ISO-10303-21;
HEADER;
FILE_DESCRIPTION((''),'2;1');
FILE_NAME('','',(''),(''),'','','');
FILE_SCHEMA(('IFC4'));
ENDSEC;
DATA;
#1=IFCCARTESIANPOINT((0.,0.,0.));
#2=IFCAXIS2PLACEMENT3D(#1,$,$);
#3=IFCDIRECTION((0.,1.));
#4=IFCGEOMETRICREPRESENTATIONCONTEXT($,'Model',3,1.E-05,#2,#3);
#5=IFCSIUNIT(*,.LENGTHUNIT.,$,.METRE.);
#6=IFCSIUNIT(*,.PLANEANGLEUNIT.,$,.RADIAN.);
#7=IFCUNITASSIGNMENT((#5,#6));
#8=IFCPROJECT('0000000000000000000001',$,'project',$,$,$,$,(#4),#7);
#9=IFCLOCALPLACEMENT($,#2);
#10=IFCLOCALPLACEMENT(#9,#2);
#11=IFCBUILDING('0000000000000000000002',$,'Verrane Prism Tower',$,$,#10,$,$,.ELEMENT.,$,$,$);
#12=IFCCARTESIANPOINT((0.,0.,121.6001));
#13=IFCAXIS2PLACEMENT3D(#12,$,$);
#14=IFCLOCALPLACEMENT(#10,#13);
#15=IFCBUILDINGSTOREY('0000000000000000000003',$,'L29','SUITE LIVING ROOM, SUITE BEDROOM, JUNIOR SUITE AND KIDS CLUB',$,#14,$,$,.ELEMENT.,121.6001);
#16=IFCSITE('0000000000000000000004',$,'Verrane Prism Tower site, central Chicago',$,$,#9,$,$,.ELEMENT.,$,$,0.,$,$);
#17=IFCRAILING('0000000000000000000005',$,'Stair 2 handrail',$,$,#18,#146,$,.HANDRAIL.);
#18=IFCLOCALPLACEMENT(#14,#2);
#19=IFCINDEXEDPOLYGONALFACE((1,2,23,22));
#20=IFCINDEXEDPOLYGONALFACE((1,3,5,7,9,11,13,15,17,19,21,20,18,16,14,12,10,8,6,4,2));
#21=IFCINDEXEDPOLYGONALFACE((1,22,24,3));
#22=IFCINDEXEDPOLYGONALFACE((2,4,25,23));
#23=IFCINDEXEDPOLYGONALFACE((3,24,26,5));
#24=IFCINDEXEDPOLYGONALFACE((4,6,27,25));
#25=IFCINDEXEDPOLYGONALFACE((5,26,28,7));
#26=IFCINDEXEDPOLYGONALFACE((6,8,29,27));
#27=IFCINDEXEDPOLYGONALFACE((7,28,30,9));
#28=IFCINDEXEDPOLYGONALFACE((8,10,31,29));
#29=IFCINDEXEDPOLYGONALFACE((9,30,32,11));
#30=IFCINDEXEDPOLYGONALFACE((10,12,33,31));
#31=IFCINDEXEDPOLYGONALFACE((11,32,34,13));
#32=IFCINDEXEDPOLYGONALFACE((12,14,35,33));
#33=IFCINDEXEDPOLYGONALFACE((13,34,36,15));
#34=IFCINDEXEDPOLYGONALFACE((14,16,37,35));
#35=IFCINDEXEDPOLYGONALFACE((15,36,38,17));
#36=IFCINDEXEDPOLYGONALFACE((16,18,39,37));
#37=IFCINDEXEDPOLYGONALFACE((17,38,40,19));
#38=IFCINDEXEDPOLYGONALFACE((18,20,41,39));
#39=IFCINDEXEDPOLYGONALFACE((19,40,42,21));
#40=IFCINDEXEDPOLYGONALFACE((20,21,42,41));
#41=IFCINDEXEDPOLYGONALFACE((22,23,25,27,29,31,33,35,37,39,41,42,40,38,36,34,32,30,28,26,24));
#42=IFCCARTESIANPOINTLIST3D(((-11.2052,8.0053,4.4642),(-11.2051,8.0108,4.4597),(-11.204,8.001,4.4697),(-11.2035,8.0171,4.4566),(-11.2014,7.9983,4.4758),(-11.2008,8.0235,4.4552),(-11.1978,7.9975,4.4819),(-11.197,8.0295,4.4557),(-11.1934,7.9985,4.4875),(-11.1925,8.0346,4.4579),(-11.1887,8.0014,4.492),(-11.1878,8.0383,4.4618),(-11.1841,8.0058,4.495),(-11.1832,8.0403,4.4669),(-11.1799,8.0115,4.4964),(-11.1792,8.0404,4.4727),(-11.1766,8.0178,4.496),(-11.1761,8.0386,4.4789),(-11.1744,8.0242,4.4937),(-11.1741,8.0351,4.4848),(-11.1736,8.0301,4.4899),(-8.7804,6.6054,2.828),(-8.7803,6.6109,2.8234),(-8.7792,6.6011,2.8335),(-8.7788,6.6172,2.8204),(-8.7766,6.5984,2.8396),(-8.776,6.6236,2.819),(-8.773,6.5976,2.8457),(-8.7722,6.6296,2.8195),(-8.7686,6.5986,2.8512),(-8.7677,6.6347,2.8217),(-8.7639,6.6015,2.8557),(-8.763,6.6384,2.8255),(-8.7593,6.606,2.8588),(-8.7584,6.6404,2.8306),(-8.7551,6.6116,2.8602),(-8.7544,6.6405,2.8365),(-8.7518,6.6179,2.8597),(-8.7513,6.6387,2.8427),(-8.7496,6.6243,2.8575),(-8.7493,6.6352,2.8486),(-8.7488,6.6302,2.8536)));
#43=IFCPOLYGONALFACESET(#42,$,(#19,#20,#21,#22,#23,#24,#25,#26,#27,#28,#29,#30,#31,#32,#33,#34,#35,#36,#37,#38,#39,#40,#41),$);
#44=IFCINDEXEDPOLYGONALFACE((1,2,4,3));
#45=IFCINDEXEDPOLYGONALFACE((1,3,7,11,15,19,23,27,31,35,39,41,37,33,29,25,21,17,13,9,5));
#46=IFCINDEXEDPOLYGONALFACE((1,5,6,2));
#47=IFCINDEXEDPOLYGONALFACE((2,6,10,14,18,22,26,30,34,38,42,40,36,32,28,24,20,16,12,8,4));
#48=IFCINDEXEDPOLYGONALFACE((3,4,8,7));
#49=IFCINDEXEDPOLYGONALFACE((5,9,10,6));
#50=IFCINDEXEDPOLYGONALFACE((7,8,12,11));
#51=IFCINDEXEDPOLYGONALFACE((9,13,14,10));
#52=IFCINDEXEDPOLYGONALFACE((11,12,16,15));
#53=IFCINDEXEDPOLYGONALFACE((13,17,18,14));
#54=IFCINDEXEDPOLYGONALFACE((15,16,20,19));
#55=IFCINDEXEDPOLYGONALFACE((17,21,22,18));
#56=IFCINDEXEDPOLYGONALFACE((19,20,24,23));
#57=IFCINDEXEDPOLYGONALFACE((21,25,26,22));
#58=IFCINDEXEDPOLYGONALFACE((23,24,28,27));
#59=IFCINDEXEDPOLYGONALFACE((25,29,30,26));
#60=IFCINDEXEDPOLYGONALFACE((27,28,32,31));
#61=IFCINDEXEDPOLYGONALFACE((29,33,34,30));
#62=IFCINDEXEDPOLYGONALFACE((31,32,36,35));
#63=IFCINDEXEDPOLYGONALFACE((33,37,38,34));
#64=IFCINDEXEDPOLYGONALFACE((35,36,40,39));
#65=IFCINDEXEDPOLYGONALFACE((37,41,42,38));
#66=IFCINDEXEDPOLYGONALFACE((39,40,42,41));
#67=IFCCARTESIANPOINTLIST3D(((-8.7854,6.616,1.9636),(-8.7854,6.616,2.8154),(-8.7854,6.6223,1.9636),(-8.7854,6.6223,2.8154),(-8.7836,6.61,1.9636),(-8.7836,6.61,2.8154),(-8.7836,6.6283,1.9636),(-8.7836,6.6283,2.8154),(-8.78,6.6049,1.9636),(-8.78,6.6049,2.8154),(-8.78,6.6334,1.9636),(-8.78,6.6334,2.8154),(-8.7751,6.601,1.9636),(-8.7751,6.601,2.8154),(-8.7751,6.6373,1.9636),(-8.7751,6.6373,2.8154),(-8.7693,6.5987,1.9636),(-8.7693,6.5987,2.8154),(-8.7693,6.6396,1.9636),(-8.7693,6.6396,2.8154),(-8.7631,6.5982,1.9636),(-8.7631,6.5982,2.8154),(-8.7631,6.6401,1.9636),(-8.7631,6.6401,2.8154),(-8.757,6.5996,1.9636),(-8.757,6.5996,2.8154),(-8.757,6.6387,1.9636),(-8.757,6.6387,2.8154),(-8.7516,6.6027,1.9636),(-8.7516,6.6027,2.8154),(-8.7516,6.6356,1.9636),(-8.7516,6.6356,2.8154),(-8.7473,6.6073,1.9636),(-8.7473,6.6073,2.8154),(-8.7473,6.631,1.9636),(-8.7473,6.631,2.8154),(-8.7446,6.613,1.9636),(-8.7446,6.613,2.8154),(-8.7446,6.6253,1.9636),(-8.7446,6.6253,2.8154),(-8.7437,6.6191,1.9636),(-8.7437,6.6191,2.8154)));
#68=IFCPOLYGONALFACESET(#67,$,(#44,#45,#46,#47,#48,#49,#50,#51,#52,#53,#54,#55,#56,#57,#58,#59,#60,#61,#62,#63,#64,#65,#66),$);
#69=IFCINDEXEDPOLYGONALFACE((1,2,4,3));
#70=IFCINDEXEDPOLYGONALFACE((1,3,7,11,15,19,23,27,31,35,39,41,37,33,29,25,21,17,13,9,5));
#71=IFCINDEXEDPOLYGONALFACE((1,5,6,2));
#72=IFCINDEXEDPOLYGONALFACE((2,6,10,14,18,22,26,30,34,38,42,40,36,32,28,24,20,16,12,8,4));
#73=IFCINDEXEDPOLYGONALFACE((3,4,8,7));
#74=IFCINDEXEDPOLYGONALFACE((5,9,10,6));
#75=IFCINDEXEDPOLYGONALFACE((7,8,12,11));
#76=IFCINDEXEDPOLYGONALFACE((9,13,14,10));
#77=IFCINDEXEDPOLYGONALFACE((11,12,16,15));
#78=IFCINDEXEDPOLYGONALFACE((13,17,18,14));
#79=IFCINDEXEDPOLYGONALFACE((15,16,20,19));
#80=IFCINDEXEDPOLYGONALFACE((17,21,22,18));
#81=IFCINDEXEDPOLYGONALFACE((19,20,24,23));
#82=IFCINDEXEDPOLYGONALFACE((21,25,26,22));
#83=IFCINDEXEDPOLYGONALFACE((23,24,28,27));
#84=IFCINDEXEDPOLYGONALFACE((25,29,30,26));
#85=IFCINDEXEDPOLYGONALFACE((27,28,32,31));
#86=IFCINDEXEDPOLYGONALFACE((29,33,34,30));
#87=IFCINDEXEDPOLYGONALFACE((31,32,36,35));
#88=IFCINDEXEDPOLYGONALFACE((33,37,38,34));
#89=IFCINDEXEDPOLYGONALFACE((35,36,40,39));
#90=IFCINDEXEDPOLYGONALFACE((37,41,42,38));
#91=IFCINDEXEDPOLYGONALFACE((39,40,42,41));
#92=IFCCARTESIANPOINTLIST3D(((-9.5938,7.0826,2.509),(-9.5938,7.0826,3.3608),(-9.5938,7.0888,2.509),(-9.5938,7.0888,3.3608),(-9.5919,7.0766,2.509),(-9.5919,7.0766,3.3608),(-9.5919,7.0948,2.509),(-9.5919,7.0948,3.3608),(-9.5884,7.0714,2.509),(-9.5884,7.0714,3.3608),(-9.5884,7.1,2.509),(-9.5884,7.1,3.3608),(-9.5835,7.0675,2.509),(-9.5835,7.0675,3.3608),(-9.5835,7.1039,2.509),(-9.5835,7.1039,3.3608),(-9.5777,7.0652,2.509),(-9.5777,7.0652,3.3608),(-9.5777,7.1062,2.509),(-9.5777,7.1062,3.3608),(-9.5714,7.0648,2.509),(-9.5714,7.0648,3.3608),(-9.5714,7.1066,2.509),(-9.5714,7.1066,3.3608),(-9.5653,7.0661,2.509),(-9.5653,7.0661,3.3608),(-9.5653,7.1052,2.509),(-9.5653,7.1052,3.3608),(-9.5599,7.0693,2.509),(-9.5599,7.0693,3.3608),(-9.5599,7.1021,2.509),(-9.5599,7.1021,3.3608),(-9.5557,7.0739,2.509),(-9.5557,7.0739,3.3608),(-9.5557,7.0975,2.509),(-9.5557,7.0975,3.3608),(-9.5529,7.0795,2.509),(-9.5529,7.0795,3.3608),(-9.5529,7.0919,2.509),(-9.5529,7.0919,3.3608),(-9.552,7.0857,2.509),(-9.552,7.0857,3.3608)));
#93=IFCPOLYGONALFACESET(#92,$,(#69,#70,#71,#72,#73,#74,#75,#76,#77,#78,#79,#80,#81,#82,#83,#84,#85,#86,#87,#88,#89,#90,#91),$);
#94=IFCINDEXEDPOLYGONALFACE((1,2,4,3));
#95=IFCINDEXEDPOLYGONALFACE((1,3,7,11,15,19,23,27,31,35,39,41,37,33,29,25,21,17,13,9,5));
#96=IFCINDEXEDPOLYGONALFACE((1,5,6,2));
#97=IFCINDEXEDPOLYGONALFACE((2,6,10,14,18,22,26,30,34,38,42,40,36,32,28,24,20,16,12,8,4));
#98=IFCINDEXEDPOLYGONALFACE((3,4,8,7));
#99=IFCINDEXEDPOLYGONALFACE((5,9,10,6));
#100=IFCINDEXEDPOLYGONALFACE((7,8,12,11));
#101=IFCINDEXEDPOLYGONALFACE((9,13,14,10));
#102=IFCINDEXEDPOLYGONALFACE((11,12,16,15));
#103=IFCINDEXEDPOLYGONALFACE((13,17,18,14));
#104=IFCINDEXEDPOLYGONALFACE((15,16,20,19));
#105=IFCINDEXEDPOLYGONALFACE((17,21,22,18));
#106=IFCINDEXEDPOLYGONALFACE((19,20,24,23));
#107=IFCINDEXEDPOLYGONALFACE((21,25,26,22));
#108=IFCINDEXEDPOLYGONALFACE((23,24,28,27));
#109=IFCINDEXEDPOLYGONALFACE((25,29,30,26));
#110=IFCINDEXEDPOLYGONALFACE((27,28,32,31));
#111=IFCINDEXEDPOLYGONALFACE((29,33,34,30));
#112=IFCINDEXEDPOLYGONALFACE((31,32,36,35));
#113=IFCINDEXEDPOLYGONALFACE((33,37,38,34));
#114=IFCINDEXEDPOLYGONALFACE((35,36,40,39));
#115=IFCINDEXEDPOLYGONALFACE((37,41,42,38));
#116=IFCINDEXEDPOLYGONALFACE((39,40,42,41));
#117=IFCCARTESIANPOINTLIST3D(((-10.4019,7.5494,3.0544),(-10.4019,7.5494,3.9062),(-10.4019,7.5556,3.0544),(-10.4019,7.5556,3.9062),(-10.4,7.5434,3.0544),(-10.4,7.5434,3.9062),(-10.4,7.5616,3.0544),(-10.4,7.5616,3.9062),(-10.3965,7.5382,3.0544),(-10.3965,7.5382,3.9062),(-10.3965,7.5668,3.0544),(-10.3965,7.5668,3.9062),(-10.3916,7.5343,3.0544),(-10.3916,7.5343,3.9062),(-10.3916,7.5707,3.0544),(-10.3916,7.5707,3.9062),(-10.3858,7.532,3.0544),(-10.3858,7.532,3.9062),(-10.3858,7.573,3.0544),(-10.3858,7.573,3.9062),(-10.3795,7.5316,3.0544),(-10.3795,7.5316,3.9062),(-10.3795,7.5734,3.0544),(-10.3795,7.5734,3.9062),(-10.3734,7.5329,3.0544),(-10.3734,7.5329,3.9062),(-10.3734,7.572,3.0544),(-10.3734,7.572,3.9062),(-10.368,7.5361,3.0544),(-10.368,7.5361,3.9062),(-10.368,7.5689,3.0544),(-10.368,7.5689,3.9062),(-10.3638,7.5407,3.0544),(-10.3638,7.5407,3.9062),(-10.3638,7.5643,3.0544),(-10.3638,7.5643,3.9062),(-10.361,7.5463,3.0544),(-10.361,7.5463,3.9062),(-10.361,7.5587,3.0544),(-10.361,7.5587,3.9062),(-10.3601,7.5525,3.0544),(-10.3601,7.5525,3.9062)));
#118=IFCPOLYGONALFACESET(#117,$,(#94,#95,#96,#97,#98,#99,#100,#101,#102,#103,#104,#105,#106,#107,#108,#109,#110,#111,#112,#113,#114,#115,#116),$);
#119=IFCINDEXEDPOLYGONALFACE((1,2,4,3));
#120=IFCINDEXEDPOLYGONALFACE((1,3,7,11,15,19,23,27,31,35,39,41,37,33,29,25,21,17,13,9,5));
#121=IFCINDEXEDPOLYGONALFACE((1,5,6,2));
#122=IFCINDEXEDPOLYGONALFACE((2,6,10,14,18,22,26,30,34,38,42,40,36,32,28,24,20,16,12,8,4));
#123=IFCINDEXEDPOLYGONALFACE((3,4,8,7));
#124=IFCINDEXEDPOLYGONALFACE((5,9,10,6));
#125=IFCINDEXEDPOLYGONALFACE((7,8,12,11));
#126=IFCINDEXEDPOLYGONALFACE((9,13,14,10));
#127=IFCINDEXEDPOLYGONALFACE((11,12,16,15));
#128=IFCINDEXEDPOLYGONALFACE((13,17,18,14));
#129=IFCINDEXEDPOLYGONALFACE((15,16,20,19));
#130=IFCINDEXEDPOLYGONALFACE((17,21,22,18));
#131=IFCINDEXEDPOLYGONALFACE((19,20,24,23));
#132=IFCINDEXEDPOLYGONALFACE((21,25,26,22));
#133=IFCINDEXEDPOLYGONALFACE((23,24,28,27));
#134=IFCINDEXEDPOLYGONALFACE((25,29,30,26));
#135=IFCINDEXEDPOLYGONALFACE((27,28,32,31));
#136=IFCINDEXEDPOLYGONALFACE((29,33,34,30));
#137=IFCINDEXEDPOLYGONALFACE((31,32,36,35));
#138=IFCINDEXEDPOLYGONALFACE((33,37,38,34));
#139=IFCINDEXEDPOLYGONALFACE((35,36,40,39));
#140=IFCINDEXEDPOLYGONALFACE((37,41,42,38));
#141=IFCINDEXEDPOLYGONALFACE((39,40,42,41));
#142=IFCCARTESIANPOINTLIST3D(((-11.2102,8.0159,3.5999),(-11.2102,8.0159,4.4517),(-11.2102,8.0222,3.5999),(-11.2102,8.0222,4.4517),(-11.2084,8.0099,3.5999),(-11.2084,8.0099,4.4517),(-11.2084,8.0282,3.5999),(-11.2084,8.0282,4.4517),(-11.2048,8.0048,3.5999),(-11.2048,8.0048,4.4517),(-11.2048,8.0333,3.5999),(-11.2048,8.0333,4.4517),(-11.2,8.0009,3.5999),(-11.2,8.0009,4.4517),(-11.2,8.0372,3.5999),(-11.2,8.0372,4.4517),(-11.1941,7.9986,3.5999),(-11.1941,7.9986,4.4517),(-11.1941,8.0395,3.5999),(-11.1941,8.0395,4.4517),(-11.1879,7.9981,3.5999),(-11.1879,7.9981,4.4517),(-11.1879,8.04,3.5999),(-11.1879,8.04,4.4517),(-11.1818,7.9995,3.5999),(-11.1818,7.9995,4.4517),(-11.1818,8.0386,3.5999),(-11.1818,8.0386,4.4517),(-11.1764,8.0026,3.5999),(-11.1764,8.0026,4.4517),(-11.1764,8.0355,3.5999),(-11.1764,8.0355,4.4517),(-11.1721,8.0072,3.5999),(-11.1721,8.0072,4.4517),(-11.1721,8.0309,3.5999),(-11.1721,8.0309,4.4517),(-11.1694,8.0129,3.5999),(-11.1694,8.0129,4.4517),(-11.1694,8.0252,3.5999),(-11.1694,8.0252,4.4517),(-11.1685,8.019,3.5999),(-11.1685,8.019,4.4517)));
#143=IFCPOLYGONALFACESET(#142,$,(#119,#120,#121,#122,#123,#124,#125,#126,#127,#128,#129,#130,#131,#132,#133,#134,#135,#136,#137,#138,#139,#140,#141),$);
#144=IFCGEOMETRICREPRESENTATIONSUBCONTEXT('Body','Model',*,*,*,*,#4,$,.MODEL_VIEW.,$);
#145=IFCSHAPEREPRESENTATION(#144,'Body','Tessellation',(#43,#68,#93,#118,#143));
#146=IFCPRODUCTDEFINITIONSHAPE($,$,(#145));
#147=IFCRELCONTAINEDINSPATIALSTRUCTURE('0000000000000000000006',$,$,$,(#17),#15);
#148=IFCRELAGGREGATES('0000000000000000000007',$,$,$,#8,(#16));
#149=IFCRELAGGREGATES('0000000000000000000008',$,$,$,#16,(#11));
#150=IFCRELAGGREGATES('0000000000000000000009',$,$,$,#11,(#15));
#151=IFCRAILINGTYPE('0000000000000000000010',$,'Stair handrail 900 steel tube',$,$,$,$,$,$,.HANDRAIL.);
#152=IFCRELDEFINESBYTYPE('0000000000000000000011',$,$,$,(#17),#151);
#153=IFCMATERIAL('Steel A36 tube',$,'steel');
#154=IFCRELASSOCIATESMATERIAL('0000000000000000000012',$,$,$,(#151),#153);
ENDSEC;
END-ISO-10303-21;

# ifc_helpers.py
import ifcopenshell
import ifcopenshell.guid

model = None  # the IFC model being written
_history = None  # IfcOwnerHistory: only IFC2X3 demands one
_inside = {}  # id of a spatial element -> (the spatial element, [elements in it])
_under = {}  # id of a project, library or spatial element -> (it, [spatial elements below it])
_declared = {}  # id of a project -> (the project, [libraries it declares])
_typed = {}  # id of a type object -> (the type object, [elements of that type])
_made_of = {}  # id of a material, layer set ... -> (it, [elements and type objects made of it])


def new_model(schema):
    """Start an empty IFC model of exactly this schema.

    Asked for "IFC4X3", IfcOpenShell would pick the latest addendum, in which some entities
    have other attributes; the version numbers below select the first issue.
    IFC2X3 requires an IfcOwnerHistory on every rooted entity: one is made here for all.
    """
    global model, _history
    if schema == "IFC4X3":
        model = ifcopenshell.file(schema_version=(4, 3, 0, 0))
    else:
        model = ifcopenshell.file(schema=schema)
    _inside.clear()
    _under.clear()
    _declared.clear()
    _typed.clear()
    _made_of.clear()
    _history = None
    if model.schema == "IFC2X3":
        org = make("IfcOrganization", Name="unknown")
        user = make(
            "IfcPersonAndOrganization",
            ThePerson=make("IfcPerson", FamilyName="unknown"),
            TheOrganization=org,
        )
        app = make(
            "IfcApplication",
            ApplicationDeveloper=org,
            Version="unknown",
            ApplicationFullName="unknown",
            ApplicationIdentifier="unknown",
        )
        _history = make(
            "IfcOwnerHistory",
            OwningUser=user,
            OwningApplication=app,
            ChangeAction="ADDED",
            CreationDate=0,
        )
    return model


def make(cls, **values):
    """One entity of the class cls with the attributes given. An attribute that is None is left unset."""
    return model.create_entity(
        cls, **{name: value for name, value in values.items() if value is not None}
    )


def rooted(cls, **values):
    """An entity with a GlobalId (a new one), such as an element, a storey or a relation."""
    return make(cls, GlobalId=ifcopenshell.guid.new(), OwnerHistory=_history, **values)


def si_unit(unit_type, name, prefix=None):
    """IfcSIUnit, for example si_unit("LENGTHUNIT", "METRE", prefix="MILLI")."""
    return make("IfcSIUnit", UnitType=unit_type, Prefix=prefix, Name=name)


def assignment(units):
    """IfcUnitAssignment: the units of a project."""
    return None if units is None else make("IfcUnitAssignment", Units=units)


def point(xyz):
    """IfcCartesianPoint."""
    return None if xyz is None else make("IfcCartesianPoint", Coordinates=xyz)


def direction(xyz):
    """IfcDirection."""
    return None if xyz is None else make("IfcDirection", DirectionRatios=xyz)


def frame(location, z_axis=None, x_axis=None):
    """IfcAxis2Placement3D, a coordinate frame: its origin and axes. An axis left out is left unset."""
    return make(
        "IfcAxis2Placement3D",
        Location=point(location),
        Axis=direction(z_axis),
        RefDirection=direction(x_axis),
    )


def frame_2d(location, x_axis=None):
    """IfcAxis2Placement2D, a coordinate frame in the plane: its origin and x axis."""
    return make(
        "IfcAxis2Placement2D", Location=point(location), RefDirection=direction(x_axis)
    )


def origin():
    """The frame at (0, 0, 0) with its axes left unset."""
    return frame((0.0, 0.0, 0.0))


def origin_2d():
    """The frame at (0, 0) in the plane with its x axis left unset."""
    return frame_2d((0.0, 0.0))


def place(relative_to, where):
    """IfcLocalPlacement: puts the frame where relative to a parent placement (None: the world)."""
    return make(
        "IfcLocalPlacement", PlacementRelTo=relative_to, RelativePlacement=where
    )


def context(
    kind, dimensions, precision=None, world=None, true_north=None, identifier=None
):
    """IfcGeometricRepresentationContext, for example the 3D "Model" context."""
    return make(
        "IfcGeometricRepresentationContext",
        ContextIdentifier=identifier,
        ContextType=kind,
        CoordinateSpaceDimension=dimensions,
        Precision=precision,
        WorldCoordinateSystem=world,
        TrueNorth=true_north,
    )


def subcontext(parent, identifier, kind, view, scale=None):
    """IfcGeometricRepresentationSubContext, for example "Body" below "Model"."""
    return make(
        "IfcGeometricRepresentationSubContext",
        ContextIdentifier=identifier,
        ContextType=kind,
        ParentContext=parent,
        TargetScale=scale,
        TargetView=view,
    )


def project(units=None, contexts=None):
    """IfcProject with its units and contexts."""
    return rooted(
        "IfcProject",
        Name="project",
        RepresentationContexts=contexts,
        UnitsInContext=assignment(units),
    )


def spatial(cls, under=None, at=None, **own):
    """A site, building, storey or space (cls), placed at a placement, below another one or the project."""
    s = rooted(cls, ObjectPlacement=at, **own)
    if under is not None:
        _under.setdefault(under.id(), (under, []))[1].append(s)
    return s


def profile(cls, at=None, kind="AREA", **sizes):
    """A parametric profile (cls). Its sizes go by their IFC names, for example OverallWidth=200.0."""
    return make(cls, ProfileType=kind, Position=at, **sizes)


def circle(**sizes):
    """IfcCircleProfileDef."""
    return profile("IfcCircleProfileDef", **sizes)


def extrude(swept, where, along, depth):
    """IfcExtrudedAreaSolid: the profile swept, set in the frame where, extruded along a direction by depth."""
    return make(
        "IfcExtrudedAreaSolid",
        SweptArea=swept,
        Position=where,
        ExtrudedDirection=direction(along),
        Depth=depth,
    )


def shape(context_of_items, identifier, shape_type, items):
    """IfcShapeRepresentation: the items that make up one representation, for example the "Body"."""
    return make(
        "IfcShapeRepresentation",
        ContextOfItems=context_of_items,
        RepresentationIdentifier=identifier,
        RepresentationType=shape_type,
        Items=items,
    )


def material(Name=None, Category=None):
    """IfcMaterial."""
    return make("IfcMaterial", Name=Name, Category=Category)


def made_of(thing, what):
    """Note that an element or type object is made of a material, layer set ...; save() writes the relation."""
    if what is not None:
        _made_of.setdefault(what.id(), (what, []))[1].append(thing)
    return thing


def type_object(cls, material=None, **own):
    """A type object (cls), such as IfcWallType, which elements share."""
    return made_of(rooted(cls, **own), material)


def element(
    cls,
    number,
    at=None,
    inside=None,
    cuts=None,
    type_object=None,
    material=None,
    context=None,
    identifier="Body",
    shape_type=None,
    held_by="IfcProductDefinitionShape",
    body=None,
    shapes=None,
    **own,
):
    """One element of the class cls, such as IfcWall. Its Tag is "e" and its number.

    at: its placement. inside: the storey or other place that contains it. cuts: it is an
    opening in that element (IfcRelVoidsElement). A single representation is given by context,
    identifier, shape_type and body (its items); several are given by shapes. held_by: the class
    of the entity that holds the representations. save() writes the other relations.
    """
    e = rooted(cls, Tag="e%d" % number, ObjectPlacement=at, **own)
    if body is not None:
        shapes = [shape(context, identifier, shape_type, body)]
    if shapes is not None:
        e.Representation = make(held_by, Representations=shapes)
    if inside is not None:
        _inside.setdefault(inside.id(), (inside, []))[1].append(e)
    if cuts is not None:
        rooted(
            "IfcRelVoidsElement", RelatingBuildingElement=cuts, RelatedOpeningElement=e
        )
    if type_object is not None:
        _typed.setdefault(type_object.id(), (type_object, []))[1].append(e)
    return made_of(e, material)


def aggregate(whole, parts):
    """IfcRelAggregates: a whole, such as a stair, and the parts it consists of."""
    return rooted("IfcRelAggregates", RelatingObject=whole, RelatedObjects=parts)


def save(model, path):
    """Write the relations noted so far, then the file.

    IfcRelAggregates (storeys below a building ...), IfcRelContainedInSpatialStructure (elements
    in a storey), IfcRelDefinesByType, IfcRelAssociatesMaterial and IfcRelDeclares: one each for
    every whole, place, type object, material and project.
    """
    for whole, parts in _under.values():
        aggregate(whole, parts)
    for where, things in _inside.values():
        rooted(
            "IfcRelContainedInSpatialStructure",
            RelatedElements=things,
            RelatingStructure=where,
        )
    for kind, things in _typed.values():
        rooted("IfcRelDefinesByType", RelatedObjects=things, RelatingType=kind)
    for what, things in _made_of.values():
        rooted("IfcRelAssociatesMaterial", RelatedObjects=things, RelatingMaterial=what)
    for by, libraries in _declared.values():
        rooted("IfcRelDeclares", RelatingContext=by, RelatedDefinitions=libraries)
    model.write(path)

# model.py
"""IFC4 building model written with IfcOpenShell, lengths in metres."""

from ifc_helpers import new_model, si_unit, direction, frame, origin, origin_2d, place, context, subcontext, project, spatial, circle, extrude, material, type_object, element, save


model = new_model("IFC4")

# Units and contexts
model_context = context("Model", 3, precision=1e-05, world=origin(), true_north=direction((0.0, 1.0)))
body_context = subcontext(model_context, "Body", "Model", "MODEL_VIEW")
ifc_project = project(units=[si_unit("LENGTHUNIT", "METRE"), si_unit("PLANEANGLEUNIT", "RADIAN")], contexts=[model_context])

# Site, building, storey
site_placement = place(None, origin())
site = spatial("IfcSite", under=ifc_project, at=site_placement, Name="Verrane Prism Tower site, central Chicago", CompositionType="ELEMENT", RefElevation=0.0)
building_placement = place(site_placement, origin())
building = spatial("IfcBuilding", under=site, at=building_placement, Name="Verrane Prism Tower", CompositionType="ELEMENT")
storey_placement = place(building_placement, frame((0.0, 0.0, 121.6001)))
storey = spatial("IfcBuildingStorey", under=building, at=storey_placement, Name="L29", Description="SUITE LIVING ROOM, SUITE BEDROOM, JUNIOR SUITE AND KIDS CLUB", CompositionType="ELEMENT", Elevation=121.6001)

# Railing
ifc_material_1 = material(Name="Steel A36 tube", Category="steel")
railing_type_1 = type_object("IfcRailingType", Name="Stair handrail 900 steel tube", PredefinedType="HANDRAIL", material=ifc_material_1)
railing_1_placement = place(storey_placement, frame((-8.7646, 6.6191, 1.9636)))
element("IfcRailing", 1, at=railing_1_placement, inside=storey, type_object=railing_type_1, Name="Stair 2 handrail", PredefinedType="HANDRAIL", context=body_context, shape_type="SweptSolid", body=[
    extrude(circle(Radius=0.0239, at=origin_2d()), frame((0.0, 0.0, 0.876), z_axis=(-0.747718, 0.431677, 0.504552), x_axis=(-0.499984, -0.866035, 0.0)), (0.0, 0.0, 1.0), 3.2429),
    extrude(circle(Radius=0.021, at=origin_2d()), origin(), (0.0, 0.0, 1.0), 0.8518),
    extrude(circle(Radius=0.021, at=origin_2d()), frame((-0.8083, 0.4666, 0.5454)), (0.0, 0.0, 1.0), 0.8518),
    extrude(circle(Radius=0.021, at=origin_2d()), frame((-1.6165, 0.9333, 1.0908)), (0.0, 0.0, 1.0), 0.8518),
    extrude(circle(Radius=0.021, at=origin_2d()), frame((-2.4248, 1.3999, 1.6362)), (0.0, 0.0, 1.0), 0.8518),
])

save(model, "model.ifc")
